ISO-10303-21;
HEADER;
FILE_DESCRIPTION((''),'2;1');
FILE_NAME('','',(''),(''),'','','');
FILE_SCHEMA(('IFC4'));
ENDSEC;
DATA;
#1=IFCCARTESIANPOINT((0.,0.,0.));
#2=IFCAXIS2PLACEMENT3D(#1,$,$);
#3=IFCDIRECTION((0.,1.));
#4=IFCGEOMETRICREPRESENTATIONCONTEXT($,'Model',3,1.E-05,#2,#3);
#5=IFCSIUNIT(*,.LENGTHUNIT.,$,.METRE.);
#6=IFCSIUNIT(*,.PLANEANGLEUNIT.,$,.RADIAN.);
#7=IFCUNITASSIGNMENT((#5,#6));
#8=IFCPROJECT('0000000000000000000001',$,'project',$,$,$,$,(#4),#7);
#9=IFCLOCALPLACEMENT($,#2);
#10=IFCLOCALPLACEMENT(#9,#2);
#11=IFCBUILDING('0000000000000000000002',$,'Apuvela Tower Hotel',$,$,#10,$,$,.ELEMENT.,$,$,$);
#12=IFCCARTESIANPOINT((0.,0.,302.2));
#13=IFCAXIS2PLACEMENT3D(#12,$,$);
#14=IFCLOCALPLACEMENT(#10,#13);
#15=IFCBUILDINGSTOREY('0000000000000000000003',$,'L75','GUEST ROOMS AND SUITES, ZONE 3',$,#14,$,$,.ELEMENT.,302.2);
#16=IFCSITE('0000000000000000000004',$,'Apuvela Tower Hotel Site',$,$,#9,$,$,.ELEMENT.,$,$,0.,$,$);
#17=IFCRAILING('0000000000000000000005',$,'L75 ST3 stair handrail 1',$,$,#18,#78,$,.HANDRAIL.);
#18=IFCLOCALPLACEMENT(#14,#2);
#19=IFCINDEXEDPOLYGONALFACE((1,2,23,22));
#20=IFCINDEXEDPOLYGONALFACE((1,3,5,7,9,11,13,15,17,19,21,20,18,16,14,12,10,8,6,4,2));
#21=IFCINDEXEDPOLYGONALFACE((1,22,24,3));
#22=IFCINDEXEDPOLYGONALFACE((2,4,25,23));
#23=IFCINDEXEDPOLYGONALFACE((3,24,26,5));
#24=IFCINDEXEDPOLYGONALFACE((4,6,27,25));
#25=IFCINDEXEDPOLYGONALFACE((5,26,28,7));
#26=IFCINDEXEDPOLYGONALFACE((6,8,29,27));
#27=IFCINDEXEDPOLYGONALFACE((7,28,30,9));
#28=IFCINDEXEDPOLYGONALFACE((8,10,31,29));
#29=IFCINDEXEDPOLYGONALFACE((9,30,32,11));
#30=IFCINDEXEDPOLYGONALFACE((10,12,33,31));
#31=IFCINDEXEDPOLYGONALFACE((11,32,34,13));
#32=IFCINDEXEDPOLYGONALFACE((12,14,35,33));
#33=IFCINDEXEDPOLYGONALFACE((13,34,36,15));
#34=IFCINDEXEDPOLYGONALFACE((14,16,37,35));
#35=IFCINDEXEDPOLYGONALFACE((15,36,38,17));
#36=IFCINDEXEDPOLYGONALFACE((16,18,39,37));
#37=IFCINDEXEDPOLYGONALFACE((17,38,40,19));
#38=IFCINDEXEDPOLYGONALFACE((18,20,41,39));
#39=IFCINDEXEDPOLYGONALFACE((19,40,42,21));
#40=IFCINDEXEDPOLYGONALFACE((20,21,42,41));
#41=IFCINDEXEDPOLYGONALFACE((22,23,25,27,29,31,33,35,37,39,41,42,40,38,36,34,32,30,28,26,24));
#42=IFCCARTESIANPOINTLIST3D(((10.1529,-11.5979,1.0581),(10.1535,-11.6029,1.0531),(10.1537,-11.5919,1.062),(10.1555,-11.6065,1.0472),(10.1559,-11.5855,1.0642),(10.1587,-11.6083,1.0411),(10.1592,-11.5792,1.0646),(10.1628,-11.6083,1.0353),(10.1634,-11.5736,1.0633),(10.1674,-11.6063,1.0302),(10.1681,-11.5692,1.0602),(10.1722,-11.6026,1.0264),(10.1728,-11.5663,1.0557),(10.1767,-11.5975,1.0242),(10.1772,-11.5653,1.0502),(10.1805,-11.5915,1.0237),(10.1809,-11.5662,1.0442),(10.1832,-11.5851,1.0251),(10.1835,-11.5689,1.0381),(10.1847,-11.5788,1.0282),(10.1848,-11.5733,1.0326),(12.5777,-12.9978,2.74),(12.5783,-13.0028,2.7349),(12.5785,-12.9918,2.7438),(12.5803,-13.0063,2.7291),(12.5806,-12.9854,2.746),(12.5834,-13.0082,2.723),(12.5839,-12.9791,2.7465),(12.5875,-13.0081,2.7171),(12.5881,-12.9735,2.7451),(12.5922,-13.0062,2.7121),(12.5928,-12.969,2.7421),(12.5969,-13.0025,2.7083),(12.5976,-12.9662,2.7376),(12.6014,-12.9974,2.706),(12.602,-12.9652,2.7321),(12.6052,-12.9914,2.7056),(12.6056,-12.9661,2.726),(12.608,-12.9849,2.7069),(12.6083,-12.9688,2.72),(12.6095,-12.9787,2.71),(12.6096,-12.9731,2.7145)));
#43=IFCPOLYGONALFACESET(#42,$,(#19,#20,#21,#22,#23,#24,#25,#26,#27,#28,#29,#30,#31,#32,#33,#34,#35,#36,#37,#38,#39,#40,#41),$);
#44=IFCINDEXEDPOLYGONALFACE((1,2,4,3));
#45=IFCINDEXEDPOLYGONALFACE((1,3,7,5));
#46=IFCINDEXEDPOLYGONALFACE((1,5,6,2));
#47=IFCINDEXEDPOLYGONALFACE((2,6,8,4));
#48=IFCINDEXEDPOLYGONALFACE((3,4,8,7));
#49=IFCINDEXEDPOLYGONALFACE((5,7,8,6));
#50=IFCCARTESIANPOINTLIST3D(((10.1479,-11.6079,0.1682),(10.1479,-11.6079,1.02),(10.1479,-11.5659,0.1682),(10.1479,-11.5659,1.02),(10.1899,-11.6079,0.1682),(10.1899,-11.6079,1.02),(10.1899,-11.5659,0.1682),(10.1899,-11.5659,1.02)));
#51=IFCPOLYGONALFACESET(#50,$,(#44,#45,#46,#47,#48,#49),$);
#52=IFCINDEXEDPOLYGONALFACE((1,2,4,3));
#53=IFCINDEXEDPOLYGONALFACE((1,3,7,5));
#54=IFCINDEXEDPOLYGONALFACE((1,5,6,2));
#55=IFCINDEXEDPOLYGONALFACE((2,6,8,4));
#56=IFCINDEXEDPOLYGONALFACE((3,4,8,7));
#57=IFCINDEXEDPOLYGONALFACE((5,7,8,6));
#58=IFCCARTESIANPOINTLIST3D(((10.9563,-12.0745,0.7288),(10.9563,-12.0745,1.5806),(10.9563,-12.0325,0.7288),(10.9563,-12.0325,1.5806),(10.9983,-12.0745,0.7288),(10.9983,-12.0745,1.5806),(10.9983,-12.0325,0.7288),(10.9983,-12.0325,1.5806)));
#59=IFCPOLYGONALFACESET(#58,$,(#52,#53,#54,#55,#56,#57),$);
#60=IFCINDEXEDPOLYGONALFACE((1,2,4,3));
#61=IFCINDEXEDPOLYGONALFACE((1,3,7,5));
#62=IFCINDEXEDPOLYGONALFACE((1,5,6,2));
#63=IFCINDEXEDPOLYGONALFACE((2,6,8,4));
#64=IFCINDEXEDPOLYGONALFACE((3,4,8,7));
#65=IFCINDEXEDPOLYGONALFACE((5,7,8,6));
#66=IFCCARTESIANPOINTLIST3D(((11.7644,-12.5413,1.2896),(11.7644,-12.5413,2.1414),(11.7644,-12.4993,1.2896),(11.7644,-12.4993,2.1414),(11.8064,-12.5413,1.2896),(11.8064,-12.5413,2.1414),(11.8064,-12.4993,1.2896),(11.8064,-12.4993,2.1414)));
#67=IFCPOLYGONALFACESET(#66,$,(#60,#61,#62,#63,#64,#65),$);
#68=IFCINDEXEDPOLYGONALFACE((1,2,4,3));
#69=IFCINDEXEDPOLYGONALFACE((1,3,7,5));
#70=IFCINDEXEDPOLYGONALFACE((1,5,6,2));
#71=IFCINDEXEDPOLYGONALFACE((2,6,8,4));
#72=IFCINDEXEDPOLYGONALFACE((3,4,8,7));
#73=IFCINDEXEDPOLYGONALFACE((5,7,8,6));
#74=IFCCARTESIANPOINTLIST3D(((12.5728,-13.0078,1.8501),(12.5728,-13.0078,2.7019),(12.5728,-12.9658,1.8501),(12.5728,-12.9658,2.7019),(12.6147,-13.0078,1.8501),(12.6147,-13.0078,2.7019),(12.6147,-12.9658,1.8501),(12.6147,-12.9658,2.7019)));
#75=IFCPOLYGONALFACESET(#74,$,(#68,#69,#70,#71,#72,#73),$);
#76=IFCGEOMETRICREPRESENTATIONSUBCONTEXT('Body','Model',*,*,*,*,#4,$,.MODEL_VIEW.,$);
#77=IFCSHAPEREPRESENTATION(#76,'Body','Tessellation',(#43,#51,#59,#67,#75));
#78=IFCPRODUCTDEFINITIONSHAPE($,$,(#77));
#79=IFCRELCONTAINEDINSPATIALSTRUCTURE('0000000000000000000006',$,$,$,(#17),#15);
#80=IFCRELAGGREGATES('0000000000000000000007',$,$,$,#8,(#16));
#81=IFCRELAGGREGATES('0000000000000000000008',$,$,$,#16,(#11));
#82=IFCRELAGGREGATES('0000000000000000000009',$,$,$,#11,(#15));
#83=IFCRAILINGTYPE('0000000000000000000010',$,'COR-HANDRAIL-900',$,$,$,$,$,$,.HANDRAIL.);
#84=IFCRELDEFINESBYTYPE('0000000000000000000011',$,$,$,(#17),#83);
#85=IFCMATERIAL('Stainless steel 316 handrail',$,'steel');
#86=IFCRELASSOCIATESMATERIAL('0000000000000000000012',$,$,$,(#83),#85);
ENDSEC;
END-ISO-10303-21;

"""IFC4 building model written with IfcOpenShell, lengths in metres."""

from ifc_helpers import new_model, si_unit, direction, frame, origin, origin_2d, place, context, subcontext, project, spatial, rectangle, circle, extrude, material, type_object, element, save


model = new_model("IFC4")

# Units and contexts
model_context = context("Model", 3, precision=1e-05, world=origin(), true_north=direction((0.0, 1.0)))
body_context = subcontext(model_context, "Body", "Model", "MODEL_VIEW")
ifc_project = project(units=[si_unit("LENGTHUNIT", "METRE"), si_unit("PLANEANGLEUNIT", "RADIAN")], contexts=[model_context])

# Site, building, storey
site_placement = place(None, origin())
site = spatial("IfcSite", under=ifc_project, at=site_placement, Name="Apuvela Tower Hotel Site", CompositionType="ELEMENT", RefElevation=0.0)
building_placement = place(site_placement, origin())
building = spatial("IfcBuilding", under=site, at=building_placement, Name="Apuvela Tower Hotel", CompositionType="ELEMENT")
storey_placement = place(building_placement, frame((0.0, 0.0, 302.2)))
storey = spatial("IfcBuildingStorey", under=building, at=storey_placement, Name="L75", Description="GUEST ROOMS AND SUITES, ZONE 3", CompositionType="ELEMENT", Elevation=302.2)

# Railing
ifc_material_1 = material(Name="Stainless steel 316 handrail", Category="steel")
railing_type_1 = type_object("IfcRailingType", Name="COR-HANDRAIL-900", PredefinedType="HANDRAIL", material=ifc_material_1)
railing_1_placement = place(storey_placement, frame((10.1689, -11.5869, 0.1682)))
element("IfcRailing", 1, at=railing_1_placement, inside=storey, type_object=railing_type_1, Name="L75 ST3 stair handrail 1", PredefinedType="HANDRAIL", context=body_context, shape_type="SweptSolid", body=[
    extrude(circle(Radius=0.0239, at=origin_2d()), frame((0.0, 0.0, 0.876), z_axis=(0.74239, -0.428601, 0.514934), x_axis=(0.499984, 0.866035, 0.0)), (0.0, 0.0, 1.0), 3.2661),
    extrude(rectangle(XDim=0.042, YDim=0.042, at=origin_2d()), origin(), (0.0, 0.0, 1.0), 0.8518),
    extrude(rectangle(XDim=0.042, YDim=0.042, at=origin_2d()), frame((0.8083, -0.4666, 0.5605)), (0.0, 0.0, 1.0), 0.8518),
    extrude(rectangle(XDim=0.042, YDim=0.042, at=origin_2d()), frame((1.6165, -0.9333, 1.1213)), (0.0, 0.0, 1.0), 0.8518),
    extrude(rectangle(XDim=0.042, YDim=0.042, at=origin_2d()), frame((2.4248, -1.3999, 1.6819)), (0.0, 0.0, 1.0), 0.8518),
])

save(model, "model.ifc")
